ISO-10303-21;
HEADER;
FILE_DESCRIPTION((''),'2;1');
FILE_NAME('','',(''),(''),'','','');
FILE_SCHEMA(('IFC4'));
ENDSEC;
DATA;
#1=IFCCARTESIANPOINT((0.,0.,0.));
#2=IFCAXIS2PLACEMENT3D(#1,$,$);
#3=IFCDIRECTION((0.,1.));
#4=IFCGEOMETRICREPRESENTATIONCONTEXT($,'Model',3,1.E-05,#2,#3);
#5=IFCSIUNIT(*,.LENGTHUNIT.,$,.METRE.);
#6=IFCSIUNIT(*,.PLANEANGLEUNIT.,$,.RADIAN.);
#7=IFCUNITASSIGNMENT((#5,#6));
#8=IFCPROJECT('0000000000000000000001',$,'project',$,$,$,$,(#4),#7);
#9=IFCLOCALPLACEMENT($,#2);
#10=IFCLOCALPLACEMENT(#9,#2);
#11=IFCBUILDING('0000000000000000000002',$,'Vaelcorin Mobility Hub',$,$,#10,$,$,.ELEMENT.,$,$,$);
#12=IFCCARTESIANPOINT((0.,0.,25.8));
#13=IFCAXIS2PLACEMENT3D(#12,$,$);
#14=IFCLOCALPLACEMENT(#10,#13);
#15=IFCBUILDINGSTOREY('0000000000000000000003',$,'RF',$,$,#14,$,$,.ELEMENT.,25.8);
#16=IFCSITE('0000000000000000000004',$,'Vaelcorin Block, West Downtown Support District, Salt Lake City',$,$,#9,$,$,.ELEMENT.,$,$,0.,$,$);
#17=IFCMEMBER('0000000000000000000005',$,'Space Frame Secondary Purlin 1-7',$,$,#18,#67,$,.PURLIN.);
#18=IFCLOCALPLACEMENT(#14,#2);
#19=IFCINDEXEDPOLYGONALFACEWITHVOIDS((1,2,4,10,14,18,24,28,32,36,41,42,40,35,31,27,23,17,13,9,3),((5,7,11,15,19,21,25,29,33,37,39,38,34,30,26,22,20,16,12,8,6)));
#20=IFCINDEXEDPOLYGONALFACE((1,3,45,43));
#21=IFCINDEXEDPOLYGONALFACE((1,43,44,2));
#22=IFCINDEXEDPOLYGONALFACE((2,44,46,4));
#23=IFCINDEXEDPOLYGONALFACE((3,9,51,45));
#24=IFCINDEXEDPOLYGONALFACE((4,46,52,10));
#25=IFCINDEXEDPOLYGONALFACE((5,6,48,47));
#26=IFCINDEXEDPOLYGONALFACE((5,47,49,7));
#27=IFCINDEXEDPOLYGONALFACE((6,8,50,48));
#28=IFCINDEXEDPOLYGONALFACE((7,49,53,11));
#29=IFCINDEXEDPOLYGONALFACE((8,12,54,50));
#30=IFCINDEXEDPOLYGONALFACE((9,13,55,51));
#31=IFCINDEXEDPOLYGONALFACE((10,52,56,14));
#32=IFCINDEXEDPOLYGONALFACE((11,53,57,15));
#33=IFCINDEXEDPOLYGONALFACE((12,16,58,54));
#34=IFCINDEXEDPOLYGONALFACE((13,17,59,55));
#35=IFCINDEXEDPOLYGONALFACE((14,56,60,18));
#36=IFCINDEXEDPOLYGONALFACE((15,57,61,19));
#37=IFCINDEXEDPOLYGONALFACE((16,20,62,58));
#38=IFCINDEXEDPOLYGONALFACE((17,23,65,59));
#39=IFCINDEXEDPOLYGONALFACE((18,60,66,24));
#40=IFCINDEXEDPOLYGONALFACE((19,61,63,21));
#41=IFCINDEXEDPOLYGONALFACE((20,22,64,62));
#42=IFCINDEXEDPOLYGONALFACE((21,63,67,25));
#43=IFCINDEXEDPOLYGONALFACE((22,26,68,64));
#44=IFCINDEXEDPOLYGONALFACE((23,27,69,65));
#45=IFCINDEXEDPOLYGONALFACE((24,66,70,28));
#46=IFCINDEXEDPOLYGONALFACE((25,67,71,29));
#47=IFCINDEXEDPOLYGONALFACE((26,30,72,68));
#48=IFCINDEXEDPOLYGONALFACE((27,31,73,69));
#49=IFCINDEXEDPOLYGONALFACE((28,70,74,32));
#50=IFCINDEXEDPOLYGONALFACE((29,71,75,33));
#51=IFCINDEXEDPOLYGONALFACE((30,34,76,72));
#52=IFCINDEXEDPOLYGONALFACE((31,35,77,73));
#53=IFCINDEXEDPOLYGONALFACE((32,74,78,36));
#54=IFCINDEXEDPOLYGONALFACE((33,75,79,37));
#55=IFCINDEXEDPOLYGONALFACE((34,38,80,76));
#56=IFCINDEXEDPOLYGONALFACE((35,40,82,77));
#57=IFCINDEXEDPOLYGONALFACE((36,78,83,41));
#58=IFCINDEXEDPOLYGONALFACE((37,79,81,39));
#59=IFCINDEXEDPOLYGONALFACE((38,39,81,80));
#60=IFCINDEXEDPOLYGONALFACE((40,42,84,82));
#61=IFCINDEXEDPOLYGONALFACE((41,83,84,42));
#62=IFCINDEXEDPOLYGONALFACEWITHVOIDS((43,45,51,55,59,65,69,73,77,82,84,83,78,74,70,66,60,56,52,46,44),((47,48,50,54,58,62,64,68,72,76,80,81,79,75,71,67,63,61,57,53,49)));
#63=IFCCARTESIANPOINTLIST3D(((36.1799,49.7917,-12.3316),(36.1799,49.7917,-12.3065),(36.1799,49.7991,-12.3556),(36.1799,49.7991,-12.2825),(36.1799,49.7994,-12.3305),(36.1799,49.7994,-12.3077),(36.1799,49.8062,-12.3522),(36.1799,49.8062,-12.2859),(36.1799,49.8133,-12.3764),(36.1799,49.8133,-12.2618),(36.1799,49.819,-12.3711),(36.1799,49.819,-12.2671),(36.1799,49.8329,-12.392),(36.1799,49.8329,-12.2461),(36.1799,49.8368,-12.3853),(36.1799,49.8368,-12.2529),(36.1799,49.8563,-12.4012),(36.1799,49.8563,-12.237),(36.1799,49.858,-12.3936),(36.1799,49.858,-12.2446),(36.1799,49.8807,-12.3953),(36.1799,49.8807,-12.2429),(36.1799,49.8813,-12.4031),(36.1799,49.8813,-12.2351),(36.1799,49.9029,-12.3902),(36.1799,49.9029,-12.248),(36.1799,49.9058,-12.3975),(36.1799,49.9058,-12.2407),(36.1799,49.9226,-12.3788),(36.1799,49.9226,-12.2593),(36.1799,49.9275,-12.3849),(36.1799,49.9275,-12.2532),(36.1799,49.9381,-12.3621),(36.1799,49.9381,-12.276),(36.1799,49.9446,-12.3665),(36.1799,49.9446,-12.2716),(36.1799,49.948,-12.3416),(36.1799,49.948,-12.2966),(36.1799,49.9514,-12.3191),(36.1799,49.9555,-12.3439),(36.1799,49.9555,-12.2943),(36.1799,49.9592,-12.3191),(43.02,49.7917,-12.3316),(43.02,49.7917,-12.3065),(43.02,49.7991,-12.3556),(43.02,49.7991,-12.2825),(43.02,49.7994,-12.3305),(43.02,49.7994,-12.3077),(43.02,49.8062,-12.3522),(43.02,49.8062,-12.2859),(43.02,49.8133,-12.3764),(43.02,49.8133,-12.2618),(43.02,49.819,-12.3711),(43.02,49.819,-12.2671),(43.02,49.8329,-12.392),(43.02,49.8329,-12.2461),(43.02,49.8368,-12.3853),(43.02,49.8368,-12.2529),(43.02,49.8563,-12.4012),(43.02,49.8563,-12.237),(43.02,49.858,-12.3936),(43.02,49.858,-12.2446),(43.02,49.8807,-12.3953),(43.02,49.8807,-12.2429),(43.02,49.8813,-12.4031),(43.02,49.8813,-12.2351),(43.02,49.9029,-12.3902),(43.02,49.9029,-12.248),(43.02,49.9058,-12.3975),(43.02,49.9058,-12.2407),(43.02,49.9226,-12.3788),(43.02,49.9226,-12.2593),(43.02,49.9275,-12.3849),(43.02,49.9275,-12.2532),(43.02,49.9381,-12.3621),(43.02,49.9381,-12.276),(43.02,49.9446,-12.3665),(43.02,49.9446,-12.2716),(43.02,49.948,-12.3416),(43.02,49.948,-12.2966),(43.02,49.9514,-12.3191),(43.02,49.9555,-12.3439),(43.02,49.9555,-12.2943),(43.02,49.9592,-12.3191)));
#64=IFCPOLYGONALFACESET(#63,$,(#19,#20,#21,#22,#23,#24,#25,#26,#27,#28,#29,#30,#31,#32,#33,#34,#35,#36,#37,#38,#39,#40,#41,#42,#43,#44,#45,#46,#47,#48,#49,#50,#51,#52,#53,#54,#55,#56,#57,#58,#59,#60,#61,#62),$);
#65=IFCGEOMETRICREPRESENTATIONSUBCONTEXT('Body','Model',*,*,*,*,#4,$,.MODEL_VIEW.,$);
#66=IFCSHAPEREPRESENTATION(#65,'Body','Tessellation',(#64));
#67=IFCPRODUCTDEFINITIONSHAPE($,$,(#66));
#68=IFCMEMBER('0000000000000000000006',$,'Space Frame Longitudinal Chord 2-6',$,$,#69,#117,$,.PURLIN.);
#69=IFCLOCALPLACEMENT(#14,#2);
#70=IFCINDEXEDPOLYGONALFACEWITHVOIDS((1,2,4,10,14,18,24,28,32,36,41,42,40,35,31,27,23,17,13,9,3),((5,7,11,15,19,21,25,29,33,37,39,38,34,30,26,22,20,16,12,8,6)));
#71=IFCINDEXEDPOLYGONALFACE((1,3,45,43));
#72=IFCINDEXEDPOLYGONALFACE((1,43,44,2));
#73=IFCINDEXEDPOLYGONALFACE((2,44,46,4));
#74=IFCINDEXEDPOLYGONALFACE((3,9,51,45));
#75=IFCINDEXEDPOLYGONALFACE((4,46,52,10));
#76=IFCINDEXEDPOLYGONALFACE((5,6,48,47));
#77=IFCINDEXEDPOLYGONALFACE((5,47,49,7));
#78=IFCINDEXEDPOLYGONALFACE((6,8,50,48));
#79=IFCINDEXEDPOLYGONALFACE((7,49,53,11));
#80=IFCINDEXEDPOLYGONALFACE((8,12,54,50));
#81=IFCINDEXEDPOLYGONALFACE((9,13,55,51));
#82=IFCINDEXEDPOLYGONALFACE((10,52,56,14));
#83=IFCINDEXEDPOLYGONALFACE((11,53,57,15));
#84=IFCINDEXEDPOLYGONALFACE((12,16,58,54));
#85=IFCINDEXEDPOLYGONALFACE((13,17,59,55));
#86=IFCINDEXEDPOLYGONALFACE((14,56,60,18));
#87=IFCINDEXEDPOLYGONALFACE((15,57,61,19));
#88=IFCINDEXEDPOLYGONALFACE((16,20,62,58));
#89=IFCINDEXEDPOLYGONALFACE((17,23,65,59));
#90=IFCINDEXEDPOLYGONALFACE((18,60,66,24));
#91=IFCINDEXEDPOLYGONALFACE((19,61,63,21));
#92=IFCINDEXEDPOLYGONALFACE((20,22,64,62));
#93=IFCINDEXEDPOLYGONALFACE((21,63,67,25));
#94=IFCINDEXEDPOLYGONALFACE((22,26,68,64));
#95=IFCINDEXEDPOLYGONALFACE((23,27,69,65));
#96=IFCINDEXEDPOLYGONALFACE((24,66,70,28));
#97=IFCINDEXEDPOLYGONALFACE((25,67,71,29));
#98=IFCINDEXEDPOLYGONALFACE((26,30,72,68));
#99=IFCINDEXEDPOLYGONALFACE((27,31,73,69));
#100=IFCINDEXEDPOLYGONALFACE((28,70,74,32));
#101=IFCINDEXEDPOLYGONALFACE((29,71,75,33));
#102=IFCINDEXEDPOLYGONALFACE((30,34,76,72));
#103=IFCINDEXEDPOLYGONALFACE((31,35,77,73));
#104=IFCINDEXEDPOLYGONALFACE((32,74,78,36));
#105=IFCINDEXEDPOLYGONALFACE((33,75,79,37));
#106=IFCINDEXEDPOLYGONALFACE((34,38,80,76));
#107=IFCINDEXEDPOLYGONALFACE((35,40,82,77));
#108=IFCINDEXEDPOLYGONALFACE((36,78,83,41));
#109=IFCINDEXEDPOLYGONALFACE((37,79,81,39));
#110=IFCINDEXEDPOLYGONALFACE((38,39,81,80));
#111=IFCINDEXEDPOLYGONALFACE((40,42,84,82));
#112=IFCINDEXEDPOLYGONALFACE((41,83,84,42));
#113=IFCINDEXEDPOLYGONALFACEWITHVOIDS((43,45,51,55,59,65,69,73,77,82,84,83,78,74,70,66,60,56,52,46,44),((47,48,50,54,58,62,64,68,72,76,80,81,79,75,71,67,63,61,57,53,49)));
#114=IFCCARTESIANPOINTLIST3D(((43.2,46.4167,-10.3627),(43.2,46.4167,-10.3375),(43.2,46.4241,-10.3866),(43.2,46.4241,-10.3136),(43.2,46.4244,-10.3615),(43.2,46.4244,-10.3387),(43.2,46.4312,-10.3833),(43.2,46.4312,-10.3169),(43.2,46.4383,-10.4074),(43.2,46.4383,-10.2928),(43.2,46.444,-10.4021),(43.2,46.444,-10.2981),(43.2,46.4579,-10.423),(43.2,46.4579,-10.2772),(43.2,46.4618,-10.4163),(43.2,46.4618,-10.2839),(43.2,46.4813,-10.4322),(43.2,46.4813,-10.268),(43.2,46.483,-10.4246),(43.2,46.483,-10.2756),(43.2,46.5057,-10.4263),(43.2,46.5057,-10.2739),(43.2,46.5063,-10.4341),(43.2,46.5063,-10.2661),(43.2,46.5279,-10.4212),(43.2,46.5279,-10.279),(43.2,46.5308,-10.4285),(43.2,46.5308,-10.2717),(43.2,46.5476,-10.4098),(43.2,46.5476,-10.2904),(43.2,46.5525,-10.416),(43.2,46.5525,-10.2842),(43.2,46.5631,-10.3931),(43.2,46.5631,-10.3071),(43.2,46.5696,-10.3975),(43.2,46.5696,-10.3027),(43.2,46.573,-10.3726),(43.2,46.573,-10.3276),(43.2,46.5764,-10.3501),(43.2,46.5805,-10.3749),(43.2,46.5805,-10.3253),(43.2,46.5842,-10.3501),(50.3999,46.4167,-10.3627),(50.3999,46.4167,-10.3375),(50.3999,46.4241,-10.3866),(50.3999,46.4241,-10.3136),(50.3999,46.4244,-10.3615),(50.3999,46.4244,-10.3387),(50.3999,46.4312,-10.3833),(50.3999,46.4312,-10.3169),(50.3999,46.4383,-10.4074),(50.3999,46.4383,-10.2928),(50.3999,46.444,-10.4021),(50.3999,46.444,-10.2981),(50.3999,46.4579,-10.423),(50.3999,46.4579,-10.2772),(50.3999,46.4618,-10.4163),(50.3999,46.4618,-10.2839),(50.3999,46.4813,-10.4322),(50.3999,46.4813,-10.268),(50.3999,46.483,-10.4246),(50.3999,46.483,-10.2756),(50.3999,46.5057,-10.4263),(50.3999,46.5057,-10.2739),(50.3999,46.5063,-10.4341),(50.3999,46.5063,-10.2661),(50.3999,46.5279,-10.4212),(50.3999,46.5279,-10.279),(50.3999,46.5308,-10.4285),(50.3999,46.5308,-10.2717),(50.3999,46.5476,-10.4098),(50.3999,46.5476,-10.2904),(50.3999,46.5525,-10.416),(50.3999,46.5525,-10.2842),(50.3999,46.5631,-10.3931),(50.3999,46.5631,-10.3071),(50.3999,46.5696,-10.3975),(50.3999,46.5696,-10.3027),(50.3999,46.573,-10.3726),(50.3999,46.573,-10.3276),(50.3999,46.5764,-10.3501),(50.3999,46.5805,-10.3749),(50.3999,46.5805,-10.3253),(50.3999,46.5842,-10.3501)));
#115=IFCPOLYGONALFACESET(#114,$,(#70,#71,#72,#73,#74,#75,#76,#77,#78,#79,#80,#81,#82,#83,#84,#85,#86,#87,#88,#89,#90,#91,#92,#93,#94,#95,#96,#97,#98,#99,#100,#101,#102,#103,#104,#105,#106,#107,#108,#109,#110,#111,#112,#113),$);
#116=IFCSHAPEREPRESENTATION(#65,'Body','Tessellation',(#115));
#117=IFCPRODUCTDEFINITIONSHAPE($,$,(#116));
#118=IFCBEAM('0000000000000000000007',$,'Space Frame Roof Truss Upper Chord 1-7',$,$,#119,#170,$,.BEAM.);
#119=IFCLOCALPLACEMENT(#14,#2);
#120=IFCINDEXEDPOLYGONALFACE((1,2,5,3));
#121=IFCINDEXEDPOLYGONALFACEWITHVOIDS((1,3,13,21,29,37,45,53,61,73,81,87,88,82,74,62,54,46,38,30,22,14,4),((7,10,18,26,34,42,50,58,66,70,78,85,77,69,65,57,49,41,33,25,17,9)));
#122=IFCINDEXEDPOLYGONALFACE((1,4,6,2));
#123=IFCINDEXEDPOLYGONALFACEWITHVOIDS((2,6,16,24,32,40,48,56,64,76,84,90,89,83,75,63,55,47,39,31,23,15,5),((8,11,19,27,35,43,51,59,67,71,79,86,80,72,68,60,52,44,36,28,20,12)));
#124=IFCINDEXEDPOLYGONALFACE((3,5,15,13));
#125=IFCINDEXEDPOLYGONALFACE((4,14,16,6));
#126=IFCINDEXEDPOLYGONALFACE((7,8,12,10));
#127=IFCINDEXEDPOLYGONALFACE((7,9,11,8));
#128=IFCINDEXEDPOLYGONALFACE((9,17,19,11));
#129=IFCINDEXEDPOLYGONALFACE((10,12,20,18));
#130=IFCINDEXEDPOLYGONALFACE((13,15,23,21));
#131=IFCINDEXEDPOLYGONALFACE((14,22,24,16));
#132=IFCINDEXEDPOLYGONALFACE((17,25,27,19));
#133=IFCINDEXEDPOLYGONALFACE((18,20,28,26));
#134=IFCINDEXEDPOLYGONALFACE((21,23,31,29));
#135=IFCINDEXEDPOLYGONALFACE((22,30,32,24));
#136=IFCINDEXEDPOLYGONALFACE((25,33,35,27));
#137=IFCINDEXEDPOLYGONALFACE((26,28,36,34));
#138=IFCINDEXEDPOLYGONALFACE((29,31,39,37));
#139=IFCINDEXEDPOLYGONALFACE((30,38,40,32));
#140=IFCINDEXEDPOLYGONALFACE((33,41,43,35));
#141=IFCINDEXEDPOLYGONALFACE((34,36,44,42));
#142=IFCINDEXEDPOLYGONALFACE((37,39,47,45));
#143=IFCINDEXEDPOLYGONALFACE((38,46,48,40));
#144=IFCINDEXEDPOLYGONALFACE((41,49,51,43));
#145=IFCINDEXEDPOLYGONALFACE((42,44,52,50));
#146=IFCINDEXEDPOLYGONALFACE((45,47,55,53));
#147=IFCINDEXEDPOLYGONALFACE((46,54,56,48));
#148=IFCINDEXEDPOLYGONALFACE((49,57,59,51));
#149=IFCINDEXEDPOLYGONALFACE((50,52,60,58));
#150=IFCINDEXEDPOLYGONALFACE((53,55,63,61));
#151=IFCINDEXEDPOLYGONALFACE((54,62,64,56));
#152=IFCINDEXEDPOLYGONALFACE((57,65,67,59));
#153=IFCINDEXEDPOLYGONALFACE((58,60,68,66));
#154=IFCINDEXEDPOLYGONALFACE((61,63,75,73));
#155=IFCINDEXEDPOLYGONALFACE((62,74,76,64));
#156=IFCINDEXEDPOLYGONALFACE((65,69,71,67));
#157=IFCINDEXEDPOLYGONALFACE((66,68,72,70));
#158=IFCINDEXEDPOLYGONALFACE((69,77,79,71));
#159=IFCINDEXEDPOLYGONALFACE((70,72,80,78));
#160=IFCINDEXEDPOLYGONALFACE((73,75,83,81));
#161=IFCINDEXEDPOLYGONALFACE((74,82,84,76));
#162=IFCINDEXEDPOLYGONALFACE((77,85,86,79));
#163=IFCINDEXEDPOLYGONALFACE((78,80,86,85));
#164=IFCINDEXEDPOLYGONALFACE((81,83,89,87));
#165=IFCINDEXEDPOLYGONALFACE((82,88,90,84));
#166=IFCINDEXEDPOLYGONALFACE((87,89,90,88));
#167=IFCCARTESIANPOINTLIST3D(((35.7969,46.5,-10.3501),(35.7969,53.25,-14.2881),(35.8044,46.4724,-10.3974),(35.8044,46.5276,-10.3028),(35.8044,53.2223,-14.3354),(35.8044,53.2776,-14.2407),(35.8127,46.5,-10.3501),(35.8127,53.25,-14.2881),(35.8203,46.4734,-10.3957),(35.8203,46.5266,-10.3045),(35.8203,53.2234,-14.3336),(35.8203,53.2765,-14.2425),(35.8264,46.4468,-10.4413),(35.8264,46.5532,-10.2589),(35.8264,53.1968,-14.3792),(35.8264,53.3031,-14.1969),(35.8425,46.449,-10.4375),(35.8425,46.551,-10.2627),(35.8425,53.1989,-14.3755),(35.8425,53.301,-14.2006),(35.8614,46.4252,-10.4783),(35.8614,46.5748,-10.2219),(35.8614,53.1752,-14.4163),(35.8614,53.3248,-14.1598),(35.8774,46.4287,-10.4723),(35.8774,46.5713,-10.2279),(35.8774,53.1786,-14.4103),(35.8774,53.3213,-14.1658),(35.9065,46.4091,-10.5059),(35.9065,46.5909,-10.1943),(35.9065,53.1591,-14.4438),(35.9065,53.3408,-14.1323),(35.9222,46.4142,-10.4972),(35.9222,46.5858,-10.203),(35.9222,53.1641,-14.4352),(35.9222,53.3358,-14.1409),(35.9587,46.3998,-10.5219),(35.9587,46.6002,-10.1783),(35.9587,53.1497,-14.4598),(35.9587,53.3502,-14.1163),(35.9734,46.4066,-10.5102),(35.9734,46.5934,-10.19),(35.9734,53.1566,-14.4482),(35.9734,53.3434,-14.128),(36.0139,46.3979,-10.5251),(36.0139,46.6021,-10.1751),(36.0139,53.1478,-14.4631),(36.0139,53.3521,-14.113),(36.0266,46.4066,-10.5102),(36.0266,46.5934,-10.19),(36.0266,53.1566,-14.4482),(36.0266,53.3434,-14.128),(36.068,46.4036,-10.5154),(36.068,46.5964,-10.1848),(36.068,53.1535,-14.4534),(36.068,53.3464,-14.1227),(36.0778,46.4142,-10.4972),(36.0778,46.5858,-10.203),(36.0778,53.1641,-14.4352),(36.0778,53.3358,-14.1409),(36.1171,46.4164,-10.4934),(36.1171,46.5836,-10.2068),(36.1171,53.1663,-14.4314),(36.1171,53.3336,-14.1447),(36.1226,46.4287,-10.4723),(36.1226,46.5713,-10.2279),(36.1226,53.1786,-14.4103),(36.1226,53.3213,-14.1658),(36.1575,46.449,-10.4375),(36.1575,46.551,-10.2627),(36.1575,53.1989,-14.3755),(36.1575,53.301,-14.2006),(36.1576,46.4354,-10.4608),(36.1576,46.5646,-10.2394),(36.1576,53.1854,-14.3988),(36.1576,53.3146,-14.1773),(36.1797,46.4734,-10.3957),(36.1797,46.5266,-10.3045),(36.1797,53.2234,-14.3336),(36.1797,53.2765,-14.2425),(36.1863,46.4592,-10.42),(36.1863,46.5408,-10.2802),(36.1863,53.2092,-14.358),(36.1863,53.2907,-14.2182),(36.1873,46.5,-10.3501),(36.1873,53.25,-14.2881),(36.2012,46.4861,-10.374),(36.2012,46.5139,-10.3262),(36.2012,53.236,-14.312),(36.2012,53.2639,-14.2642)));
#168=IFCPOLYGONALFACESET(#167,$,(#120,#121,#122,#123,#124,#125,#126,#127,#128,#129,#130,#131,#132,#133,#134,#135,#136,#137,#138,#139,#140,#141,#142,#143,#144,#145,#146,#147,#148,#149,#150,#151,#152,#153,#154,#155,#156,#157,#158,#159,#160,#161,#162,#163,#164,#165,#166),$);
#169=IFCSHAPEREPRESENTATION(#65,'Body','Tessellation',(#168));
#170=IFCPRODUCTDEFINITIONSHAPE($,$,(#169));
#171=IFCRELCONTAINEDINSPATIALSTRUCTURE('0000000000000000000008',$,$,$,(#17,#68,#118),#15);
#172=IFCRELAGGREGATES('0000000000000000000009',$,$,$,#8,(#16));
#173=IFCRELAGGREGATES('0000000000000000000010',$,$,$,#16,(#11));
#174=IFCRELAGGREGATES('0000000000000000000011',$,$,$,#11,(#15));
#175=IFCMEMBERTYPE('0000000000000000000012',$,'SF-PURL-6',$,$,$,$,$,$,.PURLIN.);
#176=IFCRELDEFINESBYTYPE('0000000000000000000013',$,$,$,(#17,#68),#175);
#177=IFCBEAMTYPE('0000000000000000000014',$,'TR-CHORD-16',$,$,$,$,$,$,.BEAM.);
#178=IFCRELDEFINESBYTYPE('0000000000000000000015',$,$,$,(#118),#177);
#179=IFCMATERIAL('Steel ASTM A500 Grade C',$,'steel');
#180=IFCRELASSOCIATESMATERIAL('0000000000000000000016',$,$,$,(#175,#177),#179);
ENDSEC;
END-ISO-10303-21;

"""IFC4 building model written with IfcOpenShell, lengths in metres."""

from ifc_helpers import new_model, si_unit, direction, frame, origin, origin_2d, place, context, subcontext, project, spatial, hollow_circle, extrude, material, material_profile, profile_set, type_object, element, save


model = new_model("IFC4")

# Units and contexts
model_context = context("Model", 3, precision=1e-05, world=origin(), true_north=direction((0.0, 1.0)))
body_context = subcontext(model_context, "Body", "Model", "MODEL_VIEW")
ifc_project = project(units=[si_unit("LENGTHUNIT", "METRE"), si_unit("PLANEANGLEUNIT", "RADIAN")], contexts=[model_context])

# Site, building, storey
site_placement = place(None, origin())
site = spatial("IfcSite", under=ifc_project, at=site_placement, Name="Vaelcorin Block, West Downtown Support District, Salt Lake City", CompositionType="ELEMENT", RefElevation=0.0)
building_placement = place(site_placement, origin())
building = spatial("IfcBuilding", under=site, at=building_placement, Name="Vaelcorin Mobility Hub", CompositionType="ELEMENT")
storey_placement = place(building_placement, frame((0.0, 0.0, 25.8)))
storey = spatial("IfcBuildingStorey", under=building, at=storey_placement, Name="RF", CompositionType="ELEMENT", Elevation=25.8)

# Members
ifc_material_1 = material(Name="Steel ASTM A500 Grade C", Category="steel")
ifc_material_profile_1 = material_profile(ifc_material_1, hollow_circle(Radius=0.0842, WallThickness=0.0078, at=origin_2d()), Name="HSS6.625X0.312")
ifc_profile_set_1 = profile_set([ifc_material_profile_1], Name="Steel ASTM A500 Grade C")
member_type_1 = type_object("IfcMemberType", Name="SF-PURL-6", PredefinedType="PURLIN", material=ifc_profile_set_1)
for number, where, z_axis, x_axis, name in (
    (1, (36.1799, 49.875, -12.3191), (1.0, 0.0, 0.0), (0.0, 1.0, 0.0), "Space Frame Secondary Purlin 1-7"),
):
    element("IfcMember", number, at=place(storey_placement, frame(where, z_axis=z_axis, x_axis=x_axis)), inside=storey, type_object=member_type_1, Name=name, PredefinedType="PURLIN", context=body_context, shape_type="SweptSolid", body=[
        extrude(hollow_circle(Radius=0.0842, WallThickness=0.0078, at=origin_2d()), origin(), (0.0, 0.0, 1.0), 6.8401),
    ])
member_1_placement = place(storey_placement, frame((43.2, 46.5, -10.3501), z_axis=(1.0, 0.0, 0.0), x_axis=(0.0, 1.0, 0.0)))
element("IfcMember", 2, at=member_1_placement, inside=storey, type_object=member_type_1, Name="Space Frame Longitudinal Chord 2-6", PredefinedType="PURLIN", context=body_context, shape_type="SweptSolid", body=[
    extrude(hollow_circle(Radius=0.0842, WallThickness=0.0078, at=origin_2d()), origin(), (0.0, 0.0, 1.0), 7.2),
])

# Beam
ifc_material_profile_2 = material_profile(ifc_material_1, hollow_circle(Radius=0.2031, WallThickness=0.0159, at=origin_2d()), Name="HSS16.000X0.625")
ifc_profile_set_2 = profile_set([ifc_material_profile_2], Name="Steel ASTM A500 Grade C")
beam_type = type_object("IfcBeamType", Name="TR-CHORD-16", PredefinedType="BEAM", material=ifc_profile_set_2)
beam_1_placement = place(storey_placement, frame((36.0, 46.5, -10.3501), z_axis=(0.0, 0.863752, -0.503918), x_axis=(-1.0, 0.0, 0.0)))
element("IfcBeam", 3, at=beam_1_placement, inside=storey, type_object=beam_type, Name="Space Frame Roof Truss Upper Chord 1-7", PredefinedType="BEAM", context=body_context, shape_type="SweptSolid", body=[
    extrude(hollow_circle(Radius=0.2031, WallThickness=0.0159, at=origin_2d()), origin(), (0.0, 0.0, 1.0), 7.8147),
])

save(model, "model.ifc")
